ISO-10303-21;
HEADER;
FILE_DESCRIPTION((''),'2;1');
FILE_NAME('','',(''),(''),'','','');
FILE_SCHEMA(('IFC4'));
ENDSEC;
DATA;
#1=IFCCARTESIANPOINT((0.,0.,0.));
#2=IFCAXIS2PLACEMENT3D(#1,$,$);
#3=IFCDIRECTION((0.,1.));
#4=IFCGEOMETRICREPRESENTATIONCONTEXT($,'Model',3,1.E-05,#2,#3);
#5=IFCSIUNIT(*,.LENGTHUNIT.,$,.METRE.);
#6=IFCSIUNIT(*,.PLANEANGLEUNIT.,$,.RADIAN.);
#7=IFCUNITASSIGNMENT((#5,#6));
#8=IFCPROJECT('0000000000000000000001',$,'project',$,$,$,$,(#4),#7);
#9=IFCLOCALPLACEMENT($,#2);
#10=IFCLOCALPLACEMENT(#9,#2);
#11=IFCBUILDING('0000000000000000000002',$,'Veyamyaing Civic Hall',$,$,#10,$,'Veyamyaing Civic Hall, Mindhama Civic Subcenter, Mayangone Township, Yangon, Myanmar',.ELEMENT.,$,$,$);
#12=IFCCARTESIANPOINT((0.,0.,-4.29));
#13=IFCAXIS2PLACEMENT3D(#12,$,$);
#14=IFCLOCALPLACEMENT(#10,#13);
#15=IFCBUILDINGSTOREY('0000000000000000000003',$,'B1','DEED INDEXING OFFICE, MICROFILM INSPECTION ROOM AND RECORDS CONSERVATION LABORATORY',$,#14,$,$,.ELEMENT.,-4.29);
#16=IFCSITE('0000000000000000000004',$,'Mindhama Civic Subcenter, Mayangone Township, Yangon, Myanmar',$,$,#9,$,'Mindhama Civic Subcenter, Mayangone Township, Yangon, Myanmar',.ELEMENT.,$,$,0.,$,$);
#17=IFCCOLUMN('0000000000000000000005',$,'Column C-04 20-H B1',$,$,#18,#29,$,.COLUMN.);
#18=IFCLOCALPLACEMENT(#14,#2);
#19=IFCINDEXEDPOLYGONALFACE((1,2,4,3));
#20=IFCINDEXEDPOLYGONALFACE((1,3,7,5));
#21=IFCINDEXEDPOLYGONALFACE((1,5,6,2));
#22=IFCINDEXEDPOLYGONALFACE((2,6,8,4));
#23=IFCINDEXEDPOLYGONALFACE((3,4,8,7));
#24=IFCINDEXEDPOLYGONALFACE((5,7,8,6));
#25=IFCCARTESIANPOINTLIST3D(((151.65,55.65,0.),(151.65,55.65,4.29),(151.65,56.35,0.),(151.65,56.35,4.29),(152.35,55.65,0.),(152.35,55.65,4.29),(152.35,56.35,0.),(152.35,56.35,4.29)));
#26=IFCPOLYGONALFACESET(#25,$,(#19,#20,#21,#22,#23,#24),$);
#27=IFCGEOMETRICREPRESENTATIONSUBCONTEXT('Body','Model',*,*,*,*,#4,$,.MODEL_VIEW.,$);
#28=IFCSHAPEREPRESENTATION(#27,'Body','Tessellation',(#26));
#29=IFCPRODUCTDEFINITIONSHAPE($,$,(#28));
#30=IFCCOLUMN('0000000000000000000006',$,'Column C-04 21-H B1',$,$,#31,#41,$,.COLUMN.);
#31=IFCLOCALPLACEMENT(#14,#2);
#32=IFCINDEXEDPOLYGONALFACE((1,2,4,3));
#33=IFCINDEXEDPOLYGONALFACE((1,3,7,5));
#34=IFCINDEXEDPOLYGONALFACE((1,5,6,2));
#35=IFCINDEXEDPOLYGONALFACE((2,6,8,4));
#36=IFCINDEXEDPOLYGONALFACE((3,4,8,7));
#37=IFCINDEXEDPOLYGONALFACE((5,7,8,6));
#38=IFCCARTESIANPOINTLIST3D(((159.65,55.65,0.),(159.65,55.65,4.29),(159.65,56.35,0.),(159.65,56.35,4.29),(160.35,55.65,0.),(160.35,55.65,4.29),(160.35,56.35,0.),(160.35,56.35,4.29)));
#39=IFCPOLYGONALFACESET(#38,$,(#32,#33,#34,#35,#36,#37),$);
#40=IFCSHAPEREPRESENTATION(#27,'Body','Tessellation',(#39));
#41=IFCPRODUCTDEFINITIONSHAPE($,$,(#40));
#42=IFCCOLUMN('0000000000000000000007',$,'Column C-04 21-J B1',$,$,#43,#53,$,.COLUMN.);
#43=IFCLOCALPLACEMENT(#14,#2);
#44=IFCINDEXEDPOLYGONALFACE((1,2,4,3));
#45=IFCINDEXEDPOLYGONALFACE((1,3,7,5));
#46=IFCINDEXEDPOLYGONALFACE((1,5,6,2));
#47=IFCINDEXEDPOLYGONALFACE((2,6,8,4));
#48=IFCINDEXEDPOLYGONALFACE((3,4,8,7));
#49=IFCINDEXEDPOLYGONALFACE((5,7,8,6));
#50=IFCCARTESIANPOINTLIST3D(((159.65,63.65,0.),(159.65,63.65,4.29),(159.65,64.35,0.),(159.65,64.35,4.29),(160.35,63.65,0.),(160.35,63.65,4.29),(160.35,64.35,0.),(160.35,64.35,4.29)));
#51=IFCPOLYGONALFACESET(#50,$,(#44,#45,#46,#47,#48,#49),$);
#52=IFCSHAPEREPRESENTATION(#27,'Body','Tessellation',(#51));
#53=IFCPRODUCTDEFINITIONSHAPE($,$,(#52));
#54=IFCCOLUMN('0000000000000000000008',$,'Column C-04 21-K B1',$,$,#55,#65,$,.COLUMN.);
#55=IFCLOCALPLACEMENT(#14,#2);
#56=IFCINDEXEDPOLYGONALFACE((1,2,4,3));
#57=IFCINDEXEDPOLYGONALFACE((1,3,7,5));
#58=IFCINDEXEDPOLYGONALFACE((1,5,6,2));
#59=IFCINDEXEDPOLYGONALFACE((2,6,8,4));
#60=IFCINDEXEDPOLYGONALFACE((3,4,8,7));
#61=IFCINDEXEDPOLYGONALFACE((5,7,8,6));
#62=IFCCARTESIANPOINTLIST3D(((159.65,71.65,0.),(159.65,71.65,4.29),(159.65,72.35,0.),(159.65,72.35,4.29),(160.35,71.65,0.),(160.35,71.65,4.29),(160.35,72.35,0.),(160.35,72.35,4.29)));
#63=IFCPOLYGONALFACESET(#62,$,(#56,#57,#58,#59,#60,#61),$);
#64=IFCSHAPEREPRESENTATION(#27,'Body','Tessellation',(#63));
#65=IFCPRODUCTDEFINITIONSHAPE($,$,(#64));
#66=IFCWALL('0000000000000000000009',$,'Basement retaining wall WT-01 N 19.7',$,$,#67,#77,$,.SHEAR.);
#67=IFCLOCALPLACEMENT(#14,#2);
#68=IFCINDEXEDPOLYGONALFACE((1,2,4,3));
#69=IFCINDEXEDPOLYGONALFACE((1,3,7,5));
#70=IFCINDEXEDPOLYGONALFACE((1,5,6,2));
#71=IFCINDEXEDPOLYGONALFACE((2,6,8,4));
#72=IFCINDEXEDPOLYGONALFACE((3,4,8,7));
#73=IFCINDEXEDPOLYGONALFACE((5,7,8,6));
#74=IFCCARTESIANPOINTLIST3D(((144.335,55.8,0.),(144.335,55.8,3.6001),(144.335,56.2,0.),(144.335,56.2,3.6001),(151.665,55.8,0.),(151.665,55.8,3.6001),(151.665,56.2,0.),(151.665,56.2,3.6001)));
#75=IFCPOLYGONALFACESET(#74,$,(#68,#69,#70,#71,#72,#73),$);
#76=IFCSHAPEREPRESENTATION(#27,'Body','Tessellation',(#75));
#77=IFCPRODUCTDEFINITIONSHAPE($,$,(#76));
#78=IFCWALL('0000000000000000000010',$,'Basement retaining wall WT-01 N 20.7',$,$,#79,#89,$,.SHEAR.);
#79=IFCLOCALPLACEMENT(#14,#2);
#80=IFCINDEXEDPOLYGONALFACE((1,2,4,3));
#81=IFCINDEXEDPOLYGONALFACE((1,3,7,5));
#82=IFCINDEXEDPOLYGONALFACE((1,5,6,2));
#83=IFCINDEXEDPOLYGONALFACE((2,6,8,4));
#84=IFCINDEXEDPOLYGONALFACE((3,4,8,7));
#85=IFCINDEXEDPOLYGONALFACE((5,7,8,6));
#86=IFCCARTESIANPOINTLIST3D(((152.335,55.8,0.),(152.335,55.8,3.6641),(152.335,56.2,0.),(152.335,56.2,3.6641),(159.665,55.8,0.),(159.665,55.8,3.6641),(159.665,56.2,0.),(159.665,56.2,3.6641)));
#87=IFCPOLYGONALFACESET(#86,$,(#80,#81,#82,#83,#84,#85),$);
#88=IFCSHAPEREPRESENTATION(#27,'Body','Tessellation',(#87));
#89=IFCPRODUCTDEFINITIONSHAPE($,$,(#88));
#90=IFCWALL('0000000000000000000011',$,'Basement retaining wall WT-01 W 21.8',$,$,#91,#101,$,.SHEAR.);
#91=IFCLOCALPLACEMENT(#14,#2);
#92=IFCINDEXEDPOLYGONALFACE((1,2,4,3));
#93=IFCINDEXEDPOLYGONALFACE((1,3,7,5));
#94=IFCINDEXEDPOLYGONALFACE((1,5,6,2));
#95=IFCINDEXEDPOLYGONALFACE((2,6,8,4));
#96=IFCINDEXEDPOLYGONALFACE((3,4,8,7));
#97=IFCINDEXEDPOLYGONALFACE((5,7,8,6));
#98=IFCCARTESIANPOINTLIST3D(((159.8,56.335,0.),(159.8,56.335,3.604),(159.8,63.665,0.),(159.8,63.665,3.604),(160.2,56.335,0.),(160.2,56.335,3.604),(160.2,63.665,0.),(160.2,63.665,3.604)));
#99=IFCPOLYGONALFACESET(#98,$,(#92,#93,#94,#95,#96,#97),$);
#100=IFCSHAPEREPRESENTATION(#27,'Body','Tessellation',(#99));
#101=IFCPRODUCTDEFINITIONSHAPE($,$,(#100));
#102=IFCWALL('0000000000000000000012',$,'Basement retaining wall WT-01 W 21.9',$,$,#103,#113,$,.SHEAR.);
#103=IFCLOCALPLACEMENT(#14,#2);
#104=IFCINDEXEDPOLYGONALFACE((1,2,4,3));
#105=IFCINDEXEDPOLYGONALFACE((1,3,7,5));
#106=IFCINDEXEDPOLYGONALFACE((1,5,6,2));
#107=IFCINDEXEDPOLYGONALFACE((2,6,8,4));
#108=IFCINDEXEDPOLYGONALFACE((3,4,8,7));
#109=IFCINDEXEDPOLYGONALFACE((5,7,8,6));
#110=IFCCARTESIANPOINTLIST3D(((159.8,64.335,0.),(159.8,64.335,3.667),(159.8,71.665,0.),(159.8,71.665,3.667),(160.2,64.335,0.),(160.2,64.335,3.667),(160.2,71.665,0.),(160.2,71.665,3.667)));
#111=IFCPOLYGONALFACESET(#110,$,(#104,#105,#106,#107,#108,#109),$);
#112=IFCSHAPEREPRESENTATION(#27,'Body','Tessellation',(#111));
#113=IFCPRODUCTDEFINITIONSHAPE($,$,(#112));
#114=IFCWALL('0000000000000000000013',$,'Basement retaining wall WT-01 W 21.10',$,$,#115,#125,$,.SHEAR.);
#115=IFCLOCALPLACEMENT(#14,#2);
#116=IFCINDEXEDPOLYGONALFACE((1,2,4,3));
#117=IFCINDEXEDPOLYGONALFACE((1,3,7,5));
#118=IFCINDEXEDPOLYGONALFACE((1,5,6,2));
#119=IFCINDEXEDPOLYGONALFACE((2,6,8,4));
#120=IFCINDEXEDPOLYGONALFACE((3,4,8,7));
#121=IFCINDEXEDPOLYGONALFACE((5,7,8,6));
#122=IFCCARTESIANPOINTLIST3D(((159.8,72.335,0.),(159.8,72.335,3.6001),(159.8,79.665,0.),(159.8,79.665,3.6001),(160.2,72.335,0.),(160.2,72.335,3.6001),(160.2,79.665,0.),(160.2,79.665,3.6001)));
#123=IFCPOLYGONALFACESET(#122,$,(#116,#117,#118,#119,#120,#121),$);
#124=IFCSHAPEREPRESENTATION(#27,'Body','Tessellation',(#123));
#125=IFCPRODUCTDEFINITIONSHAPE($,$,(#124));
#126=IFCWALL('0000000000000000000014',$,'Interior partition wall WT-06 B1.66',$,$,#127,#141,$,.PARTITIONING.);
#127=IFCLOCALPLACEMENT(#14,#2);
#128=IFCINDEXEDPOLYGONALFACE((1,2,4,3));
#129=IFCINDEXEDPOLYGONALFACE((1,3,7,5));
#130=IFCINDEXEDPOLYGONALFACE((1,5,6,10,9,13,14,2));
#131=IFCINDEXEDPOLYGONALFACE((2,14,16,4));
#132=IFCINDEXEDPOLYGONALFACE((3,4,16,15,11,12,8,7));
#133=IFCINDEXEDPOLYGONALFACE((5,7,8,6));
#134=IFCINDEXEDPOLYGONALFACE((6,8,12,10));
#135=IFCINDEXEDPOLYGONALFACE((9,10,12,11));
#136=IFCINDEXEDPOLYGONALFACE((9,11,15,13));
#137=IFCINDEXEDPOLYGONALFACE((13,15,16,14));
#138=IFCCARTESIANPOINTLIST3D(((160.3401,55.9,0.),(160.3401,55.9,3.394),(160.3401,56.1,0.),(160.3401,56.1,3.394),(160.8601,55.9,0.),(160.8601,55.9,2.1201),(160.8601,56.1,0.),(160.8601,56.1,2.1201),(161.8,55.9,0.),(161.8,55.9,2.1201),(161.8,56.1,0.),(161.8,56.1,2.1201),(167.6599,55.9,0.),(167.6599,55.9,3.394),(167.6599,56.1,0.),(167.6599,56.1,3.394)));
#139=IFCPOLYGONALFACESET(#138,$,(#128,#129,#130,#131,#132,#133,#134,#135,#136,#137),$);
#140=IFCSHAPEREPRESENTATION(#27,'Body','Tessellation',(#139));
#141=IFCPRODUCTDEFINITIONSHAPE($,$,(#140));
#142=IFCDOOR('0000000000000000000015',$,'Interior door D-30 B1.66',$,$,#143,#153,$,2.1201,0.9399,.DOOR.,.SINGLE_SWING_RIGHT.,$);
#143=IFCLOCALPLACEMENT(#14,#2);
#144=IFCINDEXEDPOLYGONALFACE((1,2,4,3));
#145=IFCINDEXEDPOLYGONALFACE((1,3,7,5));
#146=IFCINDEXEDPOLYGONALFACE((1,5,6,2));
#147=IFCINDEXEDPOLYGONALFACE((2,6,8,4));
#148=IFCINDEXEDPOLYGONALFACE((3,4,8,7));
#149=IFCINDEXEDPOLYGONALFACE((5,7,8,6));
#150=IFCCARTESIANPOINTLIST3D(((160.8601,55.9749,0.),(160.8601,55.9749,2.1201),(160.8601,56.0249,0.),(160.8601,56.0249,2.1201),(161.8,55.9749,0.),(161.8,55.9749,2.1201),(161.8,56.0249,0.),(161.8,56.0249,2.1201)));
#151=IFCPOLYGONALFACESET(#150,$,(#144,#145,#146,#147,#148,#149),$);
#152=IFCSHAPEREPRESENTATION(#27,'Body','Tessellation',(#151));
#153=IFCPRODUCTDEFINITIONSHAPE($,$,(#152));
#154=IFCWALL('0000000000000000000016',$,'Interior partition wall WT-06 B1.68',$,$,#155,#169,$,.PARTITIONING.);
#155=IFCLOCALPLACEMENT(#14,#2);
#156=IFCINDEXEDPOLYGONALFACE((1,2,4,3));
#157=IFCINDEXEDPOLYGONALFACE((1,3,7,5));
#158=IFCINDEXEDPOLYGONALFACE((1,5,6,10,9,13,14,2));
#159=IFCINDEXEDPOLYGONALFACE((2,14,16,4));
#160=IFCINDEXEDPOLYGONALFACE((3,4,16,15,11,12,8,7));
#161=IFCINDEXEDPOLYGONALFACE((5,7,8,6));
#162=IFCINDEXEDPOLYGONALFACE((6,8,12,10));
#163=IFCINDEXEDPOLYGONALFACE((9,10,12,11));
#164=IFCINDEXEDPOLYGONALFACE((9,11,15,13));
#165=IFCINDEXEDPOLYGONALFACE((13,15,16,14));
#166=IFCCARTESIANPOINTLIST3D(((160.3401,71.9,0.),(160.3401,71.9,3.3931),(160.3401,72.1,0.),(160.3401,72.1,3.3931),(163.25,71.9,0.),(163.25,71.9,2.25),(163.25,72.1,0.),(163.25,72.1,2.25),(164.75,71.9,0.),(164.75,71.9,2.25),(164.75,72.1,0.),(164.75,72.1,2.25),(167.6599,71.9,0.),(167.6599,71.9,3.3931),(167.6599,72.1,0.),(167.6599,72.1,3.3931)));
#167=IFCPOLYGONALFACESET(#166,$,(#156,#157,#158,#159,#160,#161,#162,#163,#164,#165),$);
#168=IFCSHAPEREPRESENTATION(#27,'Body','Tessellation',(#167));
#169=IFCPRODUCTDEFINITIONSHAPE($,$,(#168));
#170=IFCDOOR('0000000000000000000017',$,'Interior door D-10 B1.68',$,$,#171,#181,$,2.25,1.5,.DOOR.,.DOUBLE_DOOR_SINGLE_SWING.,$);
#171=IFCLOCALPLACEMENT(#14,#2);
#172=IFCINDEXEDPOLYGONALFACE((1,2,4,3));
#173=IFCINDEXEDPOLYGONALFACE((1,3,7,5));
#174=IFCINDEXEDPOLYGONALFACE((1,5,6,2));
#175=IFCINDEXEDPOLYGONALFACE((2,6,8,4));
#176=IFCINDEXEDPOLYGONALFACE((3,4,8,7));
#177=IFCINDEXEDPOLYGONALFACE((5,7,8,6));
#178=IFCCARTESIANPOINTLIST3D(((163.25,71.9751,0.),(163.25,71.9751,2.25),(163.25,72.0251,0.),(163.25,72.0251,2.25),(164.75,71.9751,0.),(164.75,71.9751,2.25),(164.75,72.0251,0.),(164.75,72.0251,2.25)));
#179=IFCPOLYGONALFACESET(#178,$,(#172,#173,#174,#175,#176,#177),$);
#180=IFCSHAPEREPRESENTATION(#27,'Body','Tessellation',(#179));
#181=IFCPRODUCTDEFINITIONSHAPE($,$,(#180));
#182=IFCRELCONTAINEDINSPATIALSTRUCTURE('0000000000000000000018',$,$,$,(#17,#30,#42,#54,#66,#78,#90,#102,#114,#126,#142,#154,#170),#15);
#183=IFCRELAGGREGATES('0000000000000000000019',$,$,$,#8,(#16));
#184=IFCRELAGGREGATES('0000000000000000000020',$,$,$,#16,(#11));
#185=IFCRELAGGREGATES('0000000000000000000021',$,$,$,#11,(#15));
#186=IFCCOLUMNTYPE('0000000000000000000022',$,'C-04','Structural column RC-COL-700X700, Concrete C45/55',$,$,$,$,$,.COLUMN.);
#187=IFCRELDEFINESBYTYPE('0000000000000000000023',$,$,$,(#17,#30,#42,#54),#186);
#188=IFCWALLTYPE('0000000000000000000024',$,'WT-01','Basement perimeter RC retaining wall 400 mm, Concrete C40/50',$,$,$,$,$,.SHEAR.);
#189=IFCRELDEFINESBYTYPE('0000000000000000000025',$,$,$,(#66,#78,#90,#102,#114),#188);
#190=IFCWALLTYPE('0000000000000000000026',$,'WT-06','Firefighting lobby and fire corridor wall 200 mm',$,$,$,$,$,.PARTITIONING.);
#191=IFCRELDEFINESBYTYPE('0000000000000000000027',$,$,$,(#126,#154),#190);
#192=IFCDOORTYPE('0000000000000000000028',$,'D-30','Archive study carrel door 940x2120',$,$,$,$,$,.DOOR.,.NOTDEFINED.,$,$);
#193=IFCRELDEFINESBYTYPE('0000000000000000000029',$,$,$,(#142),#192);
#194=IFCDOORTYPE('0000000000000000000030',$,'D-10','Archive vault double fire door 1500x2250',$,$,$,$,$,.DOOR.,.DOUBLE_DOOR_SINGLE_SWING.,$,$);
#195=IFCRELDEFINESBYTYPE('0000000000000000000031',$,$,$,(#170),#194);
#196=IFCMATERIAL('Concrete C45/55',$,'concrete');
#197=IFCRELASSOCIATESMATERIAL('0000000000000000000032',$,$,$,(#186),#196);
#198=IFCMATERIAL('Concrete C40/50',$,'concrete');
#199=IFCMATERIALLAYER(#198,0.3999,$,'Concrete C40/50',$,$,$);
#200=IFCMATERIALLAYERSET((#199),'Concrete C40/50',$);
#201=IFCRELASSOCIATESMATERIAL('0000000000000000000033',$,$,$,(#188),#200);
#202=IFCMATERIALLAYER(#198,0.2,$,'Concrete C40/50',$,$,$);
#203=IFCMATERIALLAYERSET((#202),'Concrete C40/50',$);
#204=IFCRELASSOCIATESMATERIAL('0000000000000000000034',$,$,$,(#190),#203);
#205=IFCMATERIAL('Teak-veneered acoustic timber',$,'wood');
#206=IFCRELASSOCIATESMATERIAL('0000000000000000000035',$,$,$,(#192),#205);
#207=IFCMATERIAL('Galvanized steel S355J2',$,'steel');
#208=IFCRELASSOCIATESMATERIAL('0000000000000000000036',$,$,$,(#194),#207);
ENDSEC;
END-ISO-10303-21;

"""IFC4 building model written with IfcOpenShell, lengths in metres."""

from ifc_helpers import new_model, si_unit, direction, frame, frame_2d, origin, origin_2d, place, context, subcontext, project, spatial, rectangle, extrude, material, layer, layer_set, material_profile, profile_set, type_object, element, fill, save


model = new_model("IFC4")

# Units and contexts
model_context = context("Model", 3, precision=1e-05, world=origin(), true_north=direction((0.0, 1.0)))
body_context = subcontext(model_context, "Body", "Model", "MODEL_VIEW")
ifc_project = project(units=[si_unit("LENGTHUNIT", "METRE"), si_unit("PLANEANGLEUNIT", "RADIAN")], contexts=[model_context])

# Site, building, storey
site_placement = place(None, origin())
site = spatial("IfcSite", under=ifc_project, at=site_placement, Name="Mindhama Civic Subcenter, Mayangone Township, Yangon, Myanmar", LongName="Mindhama Civic Subcenter, Mayangone Township, Yangon, Myanmar", CompositionType="ELEMENT", RefElevation=0.0)
building_placement = place(site_placement, origin())
building = spatial("IfcBuilding", under=site, at=building_placement, Name="Veyamyaing Civic Hall", LongName="Veyamyaing Civic Hall, Mindhama Civic Subcenter, Mayangone Township, Yangon, Myanmar", CompositionType="ELEMENT")
storey_placement = place(building_placement, frame((0.0, 0.0, -4.29)))
storey = spatial("IfcBuildingStorey", under=building, at=storey_placement, Name="B1", Description="DEED INDEXING OFFICE, MICROFILM INSPECTION ROOM AND RECORDS CONSERVATION LABORATORY", CompositionType="ELEMENT", Elevation=-4.29)

# Shared definitions
ifc_material_1 = material(Name="Concrete C40/50", Category="concrete")

# Columns
ifc_material_2 = material(Name="Concrete C45/55", Category="concrete")
ifc_material_profile_1 = material_profile(ifc_material_2, rectangle(XDim=0.7, YDim=0.7, at=origin_2d()), Name="RC-COL-700X700")
ifc_profile_set_1 = profile_set([ifc_material_profile_1], Name="Concrete C45/55")
column_type = type_object("IfcColumnType", Name="C-04", Description="Structural column RC-COL-700X700, Concrete C45/55", PredefinedType="COLUMN", material=ifc_profile_set_1)
for number, where, z_axis, x_axis, name in (
    (1, (152.0, 56.0, 0.0), (0.0, 0.0, 1.0), (1.0, 0.0, 0.0), "Column C-04 20-H B1"),
    (2, (160.0, 56.0, 0.0), (0.0, 0.0, 1.0), (1.0, 0.0, 0.0), "Column C-04 21-H B1"),
    (3, (160.0, 64.0, 0.0), (0.0, 0.0, 1.0), (1.0, 0.0, 0.0), "Column C-04 21-J B1"),
    (4, (160.0, 72.0, 0.0), (0.0, 0.0, 1.0), (1.0, 0.0, 0.0), "Column C-04 21-K B1"),
):
    element("IfcColumn", number, at=place(storey_placement, frame(where, z_axis=z_axis, x_axis=x_axis)), inside=storey, type_object=column_type, Name=name, PredefinedType="COLUMN", context=body_context, shape_type="SweptSolid", body=[
        extrude(rectangle(XDim=0.7, YDim=0.7, at=origin_2d()), origin(), (0.0, 0.0, 1.0), 4.29),
    ])

# Walls
ifc_layer_1 = layer(ifc_material_1, 0.3999, Name="Concrete C40/50")
ifc_layer_set_1 = layer_set([ifc_layer_1], Name="Concrete C40/50")
wall_type_1 = type_object("IfcWallType", Name="WT-01", Description="Basement perimeter RC retaining wall 400 mm, Concrete C40/50", PredefinedType="SHEAR", material=ifc_layer_set_1)
wall_1_placement = place(storey_placement, frame((144.335, 56.0, 0.0), z_axis=(0.0, 0.0, 1.0), x_axis=(1.0, 0.0, 0.0)))
element("IfcWall", 5, at=wall_1_placement, inside=storey, type_object=wall_type_1, Name="Basement retaining wall WT-01 N 19.7", PredefinedType="SHEAR", context=body_context, shape_type="SweptSolid", body=[
    extrude(rectangle(XDim=7.3301, YDim=0.3999, at=frame_2d((3.665, 0.0))), origin(), (0.0, 0.0, 1.0), 3.6001),
])
wall_2_placement = place(storey_placement, frame((152.335, 56.0, 0.0), z_axis=(0.0, 0.0, 1.0), x_axis=(1.0, 0.0, 0.0)))
element("IfcWall", 6, at=wall_2_placement, inside=storey, type_object=wall_type_1, Name="Basement retaining wall WT-01 N 20.7", PredefinedType="SHEAR", context=body_context, shape_type="SweptSolid", body=[
    extrude(rectangle(XDim=7.3301, YDim=0.3999, at=frame_2d((3.665, 0.0))), origin(), (0.0, 0.0, 1.0), 3.6641),
])
wall_3_placement = place(storey_placement, frame((160.0, 56.335, 0.0), z_axis=(0.0, 0.0, 1.0), x_axis=(0.0, 1.0, 0.0)))
element("IfcWall", 7, at=wall_3_placement, inside=storey, type_object=wall_type_1, Name="Basement retaining wall WT-01 W 21.8", PredefinedType="SHEAR", context=body_context, shape_type="SweptSolid", body=[
    extrude(rectangle(XDim=7.3301, YDim=0.3999, at=frame_2d((3.665, 0.0))), origin(), (0.0, 0.0, 1.0), 3.604),
])
wall_4_placement = place(storey_placement, frame((160.0, 64.335, 0.0), z_axis=(0.0, 0.0, 1.0), x_axis=(0.0, 1.0, 0.0)))
element("IfcWall", 8, at=wall_4_placement, inside=storey, type_object=wall_type_1, Name="Basement retaining wall WT-01 W 21.9", PredefinedType="SHEAR", context=body_context, shape_type="SweptSolid", body=[
    extrude(rectangle(XDim=7.3301, YDim=0.3999, at=frame_2d((3.665, 0.0))), origin(), (0.0, 0.0, 1.0), 3.667),
])
wall_5_placement = place(storey_placement, frame((160.0, 72.335, 0.0), z_axis=(0.0, 0.0, 1.0), x_axis=(0.0, 1.0, 0.0)))
element("IfcWall", 9, at=wall_5_placement, inside=storey, type_object=wall_type_1, Name="Basement retaining wall WT-01 W 21.10", PredefinedType="SHEAR", context=body_context, shape_type="SweptSolid", body=[
    extrude(rectangle(XDim=7.3301, YDim=0.3999, at=frame_2d((3.665, 0.0))), origin(), (0.0, 0.0, 1.0), 3.6001),
])

# Walls, openings, doors
ifc_layer_2 = layer(ifc_material_1, 0.2, Name="Concrete C40/50")
ifc_layer_set_2 = layer_set([ifc_layer_2], Name="Concrete C40/50")
wall_type_2 = type_object("IfcWallType", Name="WT-06", Description="Firefighting lobby and fire corridor wall 200 mm", PredefinedType="PARTITIONING", material=ifc_layer_set_2)
wall_6_placement = place(storey_placement, frame((160.3401, 56.0, 0.0), z_axis=(0.0, 0.0, 1.0), x_axis=(1.0, 0.0, 0.0)))
wall_6 = element("IfcWall", 10, at=wall_6_placement, inside=storey, type_object=wall_type_2, Name="Interior partition wall WT-06 B1.66", PredefinedType="PARTITIONING", context=body_context, shape_type="SweptSolid", body=[
    extrude(rectangle(XDim=7.3198, YDim=0.2, at=frame_2d((3.6599, 0.0))), origin(), (0.0, 0.0, 1.0), 3.394),
])
opening_1_placement = place(wall_6_placement, frame((0.52, 0.0, 0.0)))
opening_1 = element("IfcOpeningElement", 11, at=opening_1_placement, cuts=wall_6, PredefinedType="OPENING", context=body_context, shape_type="SweptSolid", body=[
    extrude(rectangle(XDim=0.9399, YDim=2.1201, at=frame_2d((0.47, 1.0601))), frame((0.0, 0.1099, 0.0), z_axis=(0.0, -1.0, 0.0), x_axis=(1.0, 0.0, 0.0)), (0.0, 0.0, 1.0), 0.22),
])
ifc_material_3 = material(Name="Teak-veneered acoustic timber", Category="wood")
door_type_1 = type_object("IfcDoorType", Name="D-30", Description="Archive study carrel door 940x2120", OperationType="NOTDEFINED", PredefinedType="DOOR", material=ifc_material_3)
door_1_placement = place(opening_1_placement, origin())
door_1 = element("IfcDoor", 12, at=door_1_placement, inside=storey, type_object=door_type_1, Name="Interior door D-30 B1.66", OperationType="SINGLE_SWING_RIGHT", OverallHeight=2.1201, OverallWidth=0.9399, PredefinedType="DOOR", context=body_context, shape_type="SweptSolid", body=[
    extrude(rectangle(XDim=0.9399, YDim=2.1201, at=frame_2d((0.47, 1.0601))), frame((0.0, 0.0249, 0.0), z_axis=(0.0, -1.0, 0.0), x_axis=(1.0, 0.0, 0.0)), (0.0, 0.0, 1.0), 0.05),
])
fill(opening_1, door_1)
wall_7_placement = place(storey_placement, frame((160.3401, 72.0, 0.0), z_axis=(0.0, 0.0, 1.0), x_axis=(1.0, 0.0, 0.0)))
wall_7 = element("IfcWall", 13, at=wall_7_placement, inside=storey, type_object=wall_type_2, Name="Interior partition wall WT-06 B1.68", PredefinedType="PARTITIONING", context=body_context, shape_type="SweptSolid", body=[
    extrude(rectangle(XDim=7.3198, YDim=0.2, at=frame_2d((3.6599, 0.0))), origin(), (0.0, 0.0, 1.0), 3.3931),
])
opening_2_placement = place(wall_7_placement, frame((2.9099, 0.0, 0.0)))
opening_2 = element("IfcOpeningElement", 14, at=opening_2_placement, cuts=wall_7, PredefinedType="OPENING", context=body_context, shape_type="SweptSolid", body=[
    extrude(rectangle(XDim=1.5, YDim=2.25, at=frame_2d((0.75, 1.125))), frame((0.0, 0.1099, 0.0), z_axis=(0.0, -1.0, 0.0), x_axis=(1.0, 0.0, 0.0)), (0.0, 0.0, 1.0), 0.22),
])
ifc_material_4 = material(Name="Galvanized steel S355J2", Category="steel")
door_type_2 = type_object("IfcDoorType", Name="D-10", Description="Archive vault double fire door 1500x2250", OperationType="DOUBLE_DOOR_SINGLE_SWING", PredefinedType="DOOR", material=ifc_material_4)
door_2_placement = place(opening_2_placement, frame((1.5, 0.0, 0.0), z_axis=(0.0, 0.0, 1.0), x_axis=(-1.0, 0.0, 0.0)))
door_2 = element("IfcDoor", 15, at=door_2_placement, inside=storey, type_object=door_type_2, Name="Interior door D-10 B1.68", OperationType="DOUBLE_DOOR_SINGLE_SWING", OverallHeight=2.25, OverallWidth=1.5, PredefinedType="DOOR", context=body_context, shape_type="SweptSolid", body=[
    extrude(rectangle(XDim=1.5, YDim=2.25, at=frame_2d((0.75, 1.125))), frame((0.0, 0.0249, 0.0), z_axis=(0.0, -1.0, 0.0), x_axis=(1.0, 0.0, 0.0)), (0.0, 0.0, 1.0), 0.05),
])
fill(opening_2, door_2)

save(model, "model.ifc")
